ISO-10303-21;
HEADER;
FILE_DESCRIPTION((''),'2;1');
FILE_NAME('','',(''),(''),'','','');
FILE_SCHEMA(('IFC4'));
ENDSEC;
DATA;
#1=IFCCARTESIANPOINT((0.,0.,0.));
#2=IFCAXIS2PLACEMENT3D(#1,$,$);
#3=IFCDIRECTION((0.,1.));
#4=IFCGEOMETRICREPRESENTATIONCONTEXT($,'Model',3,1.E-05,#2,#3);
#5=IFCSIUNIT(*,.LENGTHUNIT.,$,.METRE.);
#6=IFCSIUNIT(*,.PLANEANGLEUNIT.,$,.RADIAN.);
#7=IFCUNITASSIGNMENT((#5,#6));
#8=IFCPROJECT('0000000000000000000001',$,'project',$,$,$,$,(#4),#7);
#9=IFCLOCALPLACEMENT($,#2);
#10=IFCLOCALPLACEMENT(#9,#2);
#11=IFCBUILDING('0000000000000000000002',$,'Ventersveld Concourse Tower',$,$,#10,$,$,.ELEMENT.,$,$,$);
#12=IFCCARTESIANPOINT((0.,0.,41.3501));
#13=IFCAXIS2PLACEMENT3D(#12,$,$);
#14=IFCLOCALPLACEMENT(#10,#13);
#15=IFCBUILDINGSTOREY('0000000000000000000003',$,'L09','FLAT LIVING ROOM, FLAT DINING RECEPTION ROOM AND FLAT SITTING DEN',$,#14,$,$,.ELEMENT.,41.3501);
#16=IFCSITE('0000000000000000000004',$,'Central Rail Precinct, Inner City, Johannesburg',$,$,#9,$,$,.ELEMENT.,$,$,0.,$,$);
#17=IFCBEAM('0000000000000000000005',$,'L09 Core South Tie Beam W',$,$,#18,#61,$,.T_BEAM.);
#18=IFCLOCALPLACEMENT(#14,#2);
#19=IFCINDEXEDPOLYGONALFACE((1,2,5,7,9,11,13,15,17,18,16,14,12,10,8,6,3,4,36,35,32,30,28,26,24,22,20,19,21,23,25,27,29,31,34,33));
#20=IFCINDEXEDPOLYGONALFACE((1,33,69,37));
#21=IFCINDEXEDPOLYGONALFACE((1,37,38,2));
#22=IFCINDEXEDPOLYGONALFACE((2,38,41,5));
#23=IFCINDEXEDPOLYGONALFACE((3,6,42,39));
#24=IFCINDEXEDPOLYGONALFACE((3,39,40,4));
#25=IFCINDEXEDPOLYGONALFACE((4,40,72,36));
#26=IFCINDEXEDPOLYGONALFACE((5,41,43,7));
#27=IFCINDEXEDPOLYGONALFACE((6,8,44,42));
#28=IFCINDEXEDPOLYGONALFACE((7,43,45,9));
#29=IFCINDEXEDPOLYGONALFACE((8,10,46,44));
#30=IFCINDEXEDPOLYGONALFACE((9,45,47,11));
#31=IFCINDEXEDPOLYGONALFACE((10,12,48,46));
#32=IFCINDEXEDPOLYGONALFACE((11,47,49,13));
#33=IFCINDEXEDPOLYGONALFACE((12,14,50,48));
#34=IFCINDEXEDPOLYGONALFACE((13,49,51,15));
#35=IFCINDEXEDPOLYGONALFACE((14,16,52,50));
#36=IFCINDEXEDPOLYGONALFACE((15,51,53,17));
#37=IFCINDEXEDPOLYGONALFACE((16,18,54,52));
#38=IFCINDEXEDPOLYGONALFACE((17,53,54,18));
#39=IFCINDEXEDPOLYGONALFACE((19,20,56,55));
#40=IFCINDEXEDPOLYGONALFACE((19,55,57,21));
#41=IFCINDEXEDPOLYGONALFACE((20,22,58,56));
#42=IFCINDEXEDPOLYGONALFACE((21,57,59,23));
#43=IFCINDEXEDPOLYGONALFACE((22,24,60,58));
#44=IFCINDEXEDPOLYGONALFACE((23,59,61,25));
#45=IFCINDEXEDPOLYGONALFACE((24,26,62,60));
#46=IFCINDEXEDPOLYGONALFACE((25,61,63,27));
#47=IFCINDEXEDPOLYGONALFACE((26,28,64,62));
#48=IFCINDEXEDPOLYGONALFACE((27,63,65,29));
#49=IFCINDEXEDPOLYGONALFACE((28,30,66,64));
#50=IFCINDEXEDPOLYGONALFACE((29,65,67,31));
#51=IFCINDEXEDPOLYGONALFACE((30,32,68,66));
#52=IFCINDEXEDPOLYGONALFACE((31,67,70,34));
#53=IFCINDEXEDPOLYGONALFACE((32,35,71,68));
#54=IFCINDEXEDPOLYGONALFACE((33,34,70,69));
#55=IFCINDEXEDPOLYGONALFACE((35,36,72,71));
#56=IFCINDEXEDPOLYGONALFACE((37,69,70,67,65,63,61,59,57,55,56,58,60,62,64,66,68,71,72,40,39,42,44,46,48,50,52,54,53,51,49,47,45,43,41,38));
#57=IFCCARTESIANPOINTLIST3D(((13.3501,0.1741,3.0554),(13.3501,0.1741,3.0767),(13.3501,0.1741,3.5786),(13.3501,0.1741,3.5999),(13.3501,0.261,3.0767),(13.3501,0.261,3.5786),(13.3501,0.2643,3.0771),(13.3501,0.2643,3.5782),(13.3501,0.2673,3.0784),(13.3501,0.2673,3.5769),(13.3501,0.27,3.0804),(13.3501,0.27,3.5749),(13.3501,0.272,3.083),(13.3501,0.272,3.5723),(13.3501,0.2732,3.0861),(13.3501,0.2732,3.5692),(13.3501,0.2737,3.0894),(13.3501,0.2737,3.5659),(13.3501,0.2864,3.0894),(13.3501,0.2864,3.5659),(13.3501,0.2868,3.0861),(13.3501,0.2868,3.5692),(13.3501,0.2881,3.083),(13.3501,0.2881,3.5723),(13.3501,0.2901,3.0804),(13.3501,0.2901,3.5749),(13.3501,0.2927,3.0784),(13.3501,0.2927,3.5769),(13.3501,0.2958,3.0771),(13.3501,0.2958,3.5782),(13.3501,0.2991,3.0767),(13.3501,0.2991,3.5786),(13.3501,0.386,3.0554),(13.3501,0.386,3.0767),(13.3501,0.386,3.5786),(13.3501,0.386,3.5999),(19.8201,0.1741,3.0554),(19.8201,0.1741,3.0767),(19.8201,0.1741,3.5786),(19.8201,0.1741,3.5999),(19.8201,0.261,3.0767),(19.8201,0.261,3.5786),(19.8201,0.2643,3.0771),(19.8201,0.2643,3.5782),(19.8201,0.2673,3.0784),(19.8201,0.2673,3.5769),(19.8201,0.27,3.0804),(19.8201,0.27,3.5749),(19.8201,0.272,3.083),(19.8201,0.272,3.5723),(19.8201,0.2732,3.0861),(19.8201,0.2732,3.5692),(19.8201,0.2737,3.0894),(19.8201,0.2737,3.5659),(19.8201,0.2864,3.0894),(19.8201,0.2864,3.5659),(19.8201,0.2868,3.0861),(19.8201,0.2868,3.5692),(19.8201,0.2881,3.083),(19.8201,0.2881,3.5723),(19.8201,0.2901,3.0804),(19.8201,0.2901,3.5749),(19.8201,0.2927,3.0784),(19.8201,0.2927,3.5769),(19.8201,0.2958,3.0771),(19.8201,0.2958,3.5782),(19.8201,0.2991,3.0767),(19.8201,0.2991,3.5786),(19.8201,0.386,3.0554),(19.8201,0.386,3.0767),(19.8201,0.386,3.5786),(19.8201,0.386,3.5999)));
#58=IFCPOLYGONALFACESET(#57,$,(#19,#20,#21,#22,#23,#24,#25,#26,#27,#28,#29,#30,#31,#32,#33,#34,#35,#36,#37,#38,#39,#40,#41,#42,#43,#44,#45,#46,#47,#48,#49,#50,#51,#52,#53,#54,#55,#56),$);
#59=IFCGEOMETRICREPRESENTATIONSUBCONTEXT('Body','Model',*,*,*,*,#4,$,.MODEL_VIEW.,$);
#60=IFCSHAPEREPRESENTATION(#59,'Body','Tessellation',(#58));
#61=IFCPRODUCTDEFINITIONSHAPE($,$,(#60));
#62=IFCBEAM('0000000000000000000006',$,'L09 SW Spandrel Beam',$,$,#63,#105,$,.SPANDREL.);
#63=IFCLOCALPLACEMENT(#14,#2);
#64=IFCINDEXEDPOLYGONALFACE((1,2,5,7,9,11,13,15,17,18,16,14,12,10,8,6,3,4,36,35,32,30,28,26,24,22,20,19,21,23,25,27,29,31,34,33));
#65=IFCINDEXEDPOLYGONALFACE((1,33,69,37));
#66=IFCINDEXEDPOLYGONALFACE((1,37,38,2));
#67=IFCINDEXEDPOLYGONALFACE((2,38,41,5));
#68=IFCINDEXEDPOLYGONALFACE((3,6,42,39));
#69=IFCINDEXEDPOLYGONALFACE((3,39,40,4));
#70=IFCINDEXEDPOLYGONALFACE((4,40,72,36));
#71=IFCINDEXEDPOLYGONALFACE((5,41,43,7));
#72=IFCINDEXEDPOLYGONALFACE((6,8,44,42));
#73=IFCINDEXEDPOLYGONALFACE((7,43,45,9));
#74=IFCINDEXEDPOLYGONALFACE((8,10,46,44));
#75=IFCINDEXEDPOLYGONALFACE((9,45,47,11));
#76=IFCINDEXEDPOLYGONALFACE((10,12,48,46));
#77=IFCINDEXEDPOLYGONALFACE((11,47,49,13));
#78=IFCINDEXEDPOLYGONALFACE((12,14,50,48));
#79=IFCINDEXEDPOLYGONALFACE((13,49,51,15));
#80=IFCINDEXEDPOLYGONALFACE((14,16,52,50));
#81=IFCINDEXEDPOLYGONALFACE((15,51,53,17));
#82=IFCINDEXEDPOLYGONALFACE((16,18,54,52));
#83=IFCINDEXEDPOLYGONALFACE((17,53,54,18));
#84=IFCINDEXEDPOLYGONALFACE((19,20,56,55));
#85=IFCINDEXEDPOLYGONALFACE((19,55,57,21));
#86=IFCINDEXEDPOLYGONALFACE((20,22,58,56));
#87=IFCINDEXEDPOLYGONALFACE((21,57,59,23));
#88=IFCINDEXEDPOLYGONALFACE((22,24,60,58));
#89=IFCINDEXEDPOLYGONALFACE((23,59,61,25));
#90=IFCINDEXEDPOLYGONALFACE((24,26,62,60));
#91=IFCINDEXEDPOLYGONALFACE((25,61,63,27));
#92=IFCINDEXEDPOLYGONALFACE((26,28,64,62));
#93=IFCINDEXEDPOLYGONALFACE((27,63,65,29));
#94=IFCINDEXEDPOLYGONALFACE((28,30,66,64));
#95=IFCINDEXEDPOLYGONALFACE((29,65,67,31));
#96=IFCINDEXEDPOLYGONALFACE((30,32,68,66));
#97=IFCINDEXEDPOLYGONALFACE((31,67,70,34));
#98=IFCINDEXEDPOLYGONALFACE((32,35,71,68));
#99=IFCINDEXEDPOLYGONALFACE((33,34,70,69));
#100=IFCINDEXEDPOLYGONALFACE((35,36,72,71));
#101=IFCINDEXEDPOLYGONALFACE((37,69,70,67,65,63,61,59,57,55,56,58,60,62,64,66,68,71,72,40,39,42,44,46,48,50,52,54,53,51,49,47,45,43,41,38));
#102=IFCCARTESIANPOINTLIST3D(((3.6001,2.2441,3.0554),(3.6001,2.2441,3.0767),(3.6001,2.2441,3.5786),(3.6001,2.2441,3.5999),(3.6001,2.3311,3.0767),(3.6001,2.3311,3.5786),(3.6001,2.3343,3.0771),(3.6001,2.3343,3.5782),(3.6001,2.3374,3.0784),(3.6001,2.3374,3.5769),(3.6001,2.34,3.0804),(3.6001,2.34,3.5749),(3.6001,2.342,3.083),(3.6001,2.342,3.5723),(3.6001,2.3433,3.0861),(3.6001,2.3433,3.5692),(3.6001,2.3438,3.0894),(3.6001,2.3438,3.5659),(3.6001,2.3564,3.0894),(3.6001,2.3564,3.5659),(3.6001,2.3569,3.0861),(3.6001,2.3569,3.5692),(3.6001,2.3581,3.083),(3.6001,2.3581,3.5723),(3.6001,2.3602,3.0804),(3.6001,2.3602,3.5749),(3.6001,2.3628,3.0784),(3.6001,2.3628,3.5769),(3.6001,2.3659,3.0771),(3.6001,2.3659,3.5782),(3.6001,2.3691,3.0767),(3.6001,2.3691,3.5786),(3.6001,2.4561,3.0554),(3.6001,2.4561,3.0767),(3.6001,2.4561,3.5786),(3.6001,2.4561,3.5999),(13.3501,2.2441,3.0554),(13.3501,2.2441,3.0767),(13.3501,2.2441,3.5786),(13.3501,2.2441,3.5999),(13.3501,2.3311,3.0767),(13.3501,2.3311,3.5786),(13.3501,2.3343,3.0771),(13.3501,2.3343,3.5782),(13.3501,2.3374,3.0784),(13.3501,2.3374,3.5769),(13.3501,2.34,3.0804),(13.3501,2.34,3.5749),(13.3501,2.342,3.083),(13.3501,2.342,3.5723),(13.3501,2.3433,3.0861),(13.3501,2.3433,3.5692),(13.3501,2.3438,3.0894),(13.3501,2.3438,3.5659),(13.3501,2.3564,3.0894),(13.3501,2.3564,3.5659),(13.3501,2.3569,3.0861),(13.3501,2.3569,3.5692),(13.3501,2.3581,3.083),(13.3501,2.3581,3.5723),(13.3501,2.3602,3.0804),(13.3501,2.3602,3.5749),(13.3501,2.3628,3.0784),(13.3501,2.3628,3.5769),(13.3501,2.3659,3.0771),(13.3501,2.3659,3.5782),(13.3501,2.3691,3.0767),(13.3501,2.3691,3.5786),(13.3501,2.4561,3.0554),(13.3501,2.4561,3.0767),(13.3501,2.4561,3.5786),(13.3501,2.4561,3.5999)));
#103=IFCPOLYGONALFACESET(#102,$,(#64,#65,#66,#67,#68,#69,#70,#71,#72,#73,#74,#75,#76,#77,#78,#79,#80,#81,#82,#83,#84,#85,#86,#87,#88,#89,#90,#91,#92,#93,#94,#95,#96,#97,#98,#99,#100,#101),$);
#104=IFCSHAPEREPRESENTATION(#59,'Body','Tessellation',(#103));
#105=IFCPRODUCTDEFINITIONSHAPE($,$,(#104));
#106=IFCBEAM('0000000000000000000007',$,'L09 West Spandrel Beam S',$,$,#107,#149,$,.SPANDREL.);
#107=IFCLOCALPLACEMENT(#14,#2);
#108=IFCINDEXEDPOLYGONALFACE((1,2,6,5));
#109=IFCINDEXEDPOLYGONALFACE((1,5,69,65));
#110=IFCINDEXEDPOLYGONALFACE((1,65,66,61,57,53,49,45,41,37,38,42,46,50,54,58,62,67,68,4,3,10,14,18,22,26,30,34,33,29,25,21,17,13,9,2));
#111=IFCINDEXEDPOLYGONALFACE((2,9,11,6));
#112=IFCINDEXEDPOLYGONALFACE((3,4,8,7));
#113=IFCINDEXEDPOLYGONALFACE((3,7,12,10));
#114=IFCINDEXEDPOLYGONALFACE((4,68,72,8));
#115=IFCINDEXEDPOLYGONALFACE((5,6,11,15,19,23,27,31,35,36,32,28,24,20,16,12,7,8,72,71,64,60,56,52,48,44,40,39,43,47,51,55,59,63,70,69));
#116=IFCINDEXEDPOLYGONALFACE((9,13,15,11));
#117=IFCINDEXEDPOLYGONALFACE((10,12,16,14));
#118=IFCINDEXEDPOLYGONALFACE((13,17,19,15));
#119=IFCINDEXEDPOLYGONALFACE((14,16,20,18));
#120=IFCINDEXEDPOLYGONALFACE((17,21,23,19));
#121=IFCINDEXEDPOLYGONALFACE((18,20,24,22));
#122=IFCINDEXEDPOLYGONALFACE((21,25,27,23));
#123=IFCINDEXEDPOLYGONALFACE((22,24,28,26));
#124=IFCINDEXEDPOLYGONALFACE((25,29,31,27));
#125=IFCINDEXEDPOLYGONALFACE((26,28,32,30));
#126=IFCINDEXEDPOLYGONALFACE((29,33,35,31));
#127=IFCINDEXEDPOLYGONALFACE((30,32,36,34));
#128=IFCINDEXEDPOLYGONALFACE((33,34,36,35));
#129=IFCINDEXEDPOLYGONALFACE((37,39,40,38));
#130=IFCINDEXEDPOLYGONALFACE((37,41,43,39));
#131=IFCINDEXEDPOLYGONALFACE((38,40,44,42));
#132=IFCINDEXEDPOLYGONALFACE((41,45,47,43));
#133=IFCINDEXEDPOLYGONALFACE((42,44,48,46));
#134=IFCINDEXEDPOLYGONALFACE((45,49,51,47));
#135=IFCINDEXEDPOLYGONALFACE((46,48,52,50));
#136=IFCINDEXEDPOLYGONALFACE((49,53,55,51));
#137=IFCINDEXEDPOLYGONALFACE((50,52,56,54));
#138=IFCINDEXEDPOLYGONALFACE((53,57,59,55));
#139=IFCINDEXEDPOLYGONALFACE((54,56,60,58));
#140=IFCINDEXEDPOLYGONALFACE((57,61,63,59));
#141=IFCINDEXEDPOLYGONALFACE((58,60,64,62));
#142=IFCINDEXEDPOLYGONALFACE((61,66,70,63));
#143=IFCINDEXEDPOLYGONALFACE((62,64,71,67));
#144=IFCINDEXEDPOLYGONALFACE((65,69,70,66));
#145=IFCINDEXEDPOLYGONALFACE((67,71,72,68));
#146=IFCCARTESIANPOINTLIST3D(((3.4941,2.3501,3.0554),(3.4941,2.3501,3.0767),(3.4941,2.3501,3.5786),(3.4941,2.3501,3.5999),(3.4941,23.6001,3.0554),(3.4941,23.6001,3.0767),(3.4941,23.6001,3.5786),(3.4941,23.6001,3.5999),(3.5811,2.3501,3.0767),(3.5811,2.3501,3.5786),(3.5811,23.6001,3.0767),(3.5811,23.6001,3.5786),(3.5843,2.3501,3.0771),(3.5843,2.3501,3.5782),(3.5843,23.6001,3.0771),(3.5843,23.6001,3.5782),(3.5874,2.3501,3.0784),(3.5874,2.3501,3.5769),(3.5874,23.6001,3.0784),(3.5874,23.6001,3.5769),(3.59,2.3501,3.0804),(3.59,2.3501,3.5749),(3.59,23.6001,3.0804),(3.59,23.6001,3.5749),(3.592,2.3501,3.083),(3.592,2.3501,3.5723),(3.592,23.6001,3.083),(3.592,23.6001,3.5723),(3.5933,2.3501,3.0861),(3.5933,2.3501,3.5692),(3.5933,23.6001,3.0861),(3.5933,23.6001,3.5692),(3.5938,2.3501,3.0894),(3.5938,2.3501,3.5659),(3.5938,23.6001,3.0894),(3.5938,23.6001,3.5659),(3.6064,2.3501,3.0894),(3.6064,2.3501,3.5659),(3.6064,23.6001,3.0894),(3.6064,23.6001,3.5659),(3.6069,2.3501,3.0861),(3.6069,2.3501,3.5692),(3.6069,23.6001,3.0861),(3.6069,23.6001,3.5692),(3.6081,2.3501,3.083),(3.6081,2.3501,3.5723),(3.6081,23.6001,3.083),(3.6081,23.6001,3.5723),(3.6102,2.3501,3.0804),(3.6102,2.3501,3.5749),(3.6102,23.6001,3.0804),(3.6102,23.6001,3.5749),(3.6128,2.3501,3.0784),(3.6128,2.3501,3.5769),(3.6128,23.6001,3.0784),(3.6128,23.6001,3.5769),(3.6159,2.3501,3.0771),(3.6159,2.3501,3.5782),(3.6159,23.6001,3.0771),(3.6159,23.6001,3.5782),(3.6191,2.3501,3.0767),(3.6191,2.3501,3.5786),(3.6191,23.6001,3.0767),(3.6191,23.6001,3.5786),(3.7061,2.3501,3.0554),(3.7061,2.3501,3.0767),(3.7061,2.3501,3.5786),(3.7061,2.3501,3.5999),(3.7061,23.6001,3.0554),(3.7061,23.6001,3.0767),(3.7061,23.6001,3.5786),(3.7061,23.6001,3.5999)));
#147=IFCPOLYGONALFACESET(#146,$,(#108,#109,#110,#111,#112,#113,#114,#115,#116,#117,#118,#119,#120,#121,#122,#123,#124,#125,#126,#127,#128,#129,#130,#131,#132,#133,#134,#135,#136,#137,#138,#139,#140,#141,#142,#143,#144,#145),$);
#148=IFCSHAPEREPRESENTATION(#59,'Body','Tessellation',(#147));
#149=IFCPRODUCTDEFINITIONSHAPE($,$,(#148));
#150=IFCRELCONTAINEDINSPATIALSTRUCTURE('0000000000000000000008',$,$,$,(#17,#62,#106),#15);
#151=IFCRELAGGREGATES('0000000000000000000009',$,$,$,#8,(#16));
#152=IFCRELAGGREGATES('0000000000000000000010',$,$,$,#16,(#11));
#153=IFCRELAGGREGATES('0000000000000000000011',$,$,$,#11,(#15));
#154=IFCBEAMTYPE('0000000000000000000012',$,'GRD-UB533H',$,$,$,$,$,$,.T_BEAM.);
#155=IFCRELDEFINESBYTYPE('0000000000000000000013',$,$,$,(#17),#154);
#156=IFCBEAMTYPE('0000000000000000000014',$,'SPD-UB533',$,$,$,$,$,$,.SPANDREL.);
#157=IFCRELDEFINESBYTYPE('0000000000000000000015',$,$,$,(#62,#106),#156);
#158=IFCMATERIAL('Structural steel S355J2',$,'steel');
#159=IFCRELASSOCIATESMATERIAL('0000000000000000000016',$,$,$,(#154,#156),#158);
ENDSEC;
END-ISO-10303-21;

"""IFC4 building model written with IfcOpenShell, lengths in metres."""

from ifc_helpers import new_model, si_unit, direction, frame, origin, origin_2d, place, context, subcontext, project, spatial, i_section, extrude, material, material_profile, profile_set, type_object, element, save


model = new_model("IFC4")

# Units and contexts
model_context = context("Model", 3, precision=1e-05, world=origin(), true_north=direction((0.0, 1.0)))
body_context = subcontext(model_context, "Body", "Model", "MODEL_VIEW")
ifc_project = project(units=[si_unit("LENGTHUNIT", "METRE"), si_unit("PLANEANGLEUNIT", "RADIAN")], contexts=[model_context])

# Site, building, storey
site_placement = place(None, origin())
site = spatial("IfcSite", under=ifc_project, at=site_placement, Name="Central Rail Precinct, Inner City, Johannesburg", CompositionType="ELEMENT", RefElevation=0.0)
building_placement = place(site_placement, origin())
building = spatial("IfcBuilding", under=site, at=building_placement, Name="Ventersveld Concourse Tower", CompositionType="ELEMENT")
storey_placement = place(building_placement, frame((0.0, 0.0, 41.3501)))
storey = spatial("IfcBuildingStorey", under=building, at=storey_placement, Name="L09", Description="FLAT LIVING ROOM, FLAT DINING RECEPTION ROOM AND FLAT SITTING DEN", CompositionType="ELEMENT", Elevation=41.3501)

# Beams
ifc_material_1 = material(Name="Structural steel S355J2", Category="steel")
ifc_material_profile_1 = material_profile(ifc_material_1, i_section(OverallWidth=0.2119, OverallDepth=0.5444, WebThickness=0.0127, FlangeThickness=0.0212, FilletRadius=0.0127, at=origin_2d()), Name="UB 533x210x122")
ifc_profile_set_1 = profile_set([ifc_material_profile_1], Name="Structural steel S355J2")
beam_type_1 = type_object("IfcBeamType", Name="GRD-UB533H", PredefinedType="T_BEAM", material=ifc_profile_set_1)
beam_1_placement = place(storey_placement, frame((13.3501, 0.28, 3.3276), z_axis=(1.0, 0.0, 0.0), x_axis=(0.0, 1.0, 0.0)))
element("IfcBeam", 1, at=beam_1_placement, inside=storey, type_object=beam_type_1, Name="L09 Core South Tie Beam W", PredefinedType="T_BEAM", context=body_context, shape_type="SweptSolid", body=[
    extrude(i_section(OverallWidth=0.2119, OverallDepth=0.5444, WebThickness=0.0127, FlangeThickness=0.0212, FilletRadius=0.0127, at=origin_2d()), origin(), (0.0, 0.0, 1.0), 6.47),
])
ifc_material_profile_2 = material_profile(ifc_material_1, i_section(OverallWidth=0.2119, OverallDepth=0.5444, WebThickness=0.0127, FlangeThickness=0.0212, FilletRadius=0.0127, at=origin_2d()), Name="UB 533x210x122")
ifc_profile_set_2 = profile_set([ifc_material_profile_2], Name="Structural steel S355J2")
beam_type_2 = type_object("IfcBeamType", Name="SPD-UB533", PredefinedType="SPANDREL", material=ifc_profile_set_2)
beam_2_placement = place(storey_placement, frame((3.6001, 2.3501, 3.3276), z_axis=(1.0, 0.0, 0.0), x_axis=(0.0, 1.0, 0.0)))
element("IfcBeam", 2, at=beam_2_placement, inside=storey, type_object=beam_type_2, Name="L09 SW Spandrel Beam", PredefinedType="SPANDREL", context=body_context, shape_type="SweptSolid", body=[
    extrude(i_section(OverallWidth=0.2119, OverallDepth=0.5444, WebThickness=0.0127, FlangeThickness=0.0212, FilletRadius=0.0127, at=origin_2d()), origin(), (0.0, 0.0, 1.0), 9.75),
])
beam_3_placement = place(storey_placement, frame((3.6001, 2.3501, 3.3276), z_axis=(0.0, 1.0, 0.0), x_axis=(-1.0, 0.0, 0.0)))
element("IfcBeam", 3, at=beam_3_placement, inside=storey, type_object=beam_type_2, Name="L09 West Spandrel Beam S", PredefinedType="SPANDREL", context=body_context, shape_type="SweptSolid", body=[
    extrude(i_section(OverallWidth=0.2119, OverallDepth=0.5444, WebThickness=0.0127, FlangeThickness=0.0212, FilletRadius=0.0127, at=origin_2d()), origin(), (0.0, 0.0, 1.0), 21.25),
])

save(model, "model.ifc")
